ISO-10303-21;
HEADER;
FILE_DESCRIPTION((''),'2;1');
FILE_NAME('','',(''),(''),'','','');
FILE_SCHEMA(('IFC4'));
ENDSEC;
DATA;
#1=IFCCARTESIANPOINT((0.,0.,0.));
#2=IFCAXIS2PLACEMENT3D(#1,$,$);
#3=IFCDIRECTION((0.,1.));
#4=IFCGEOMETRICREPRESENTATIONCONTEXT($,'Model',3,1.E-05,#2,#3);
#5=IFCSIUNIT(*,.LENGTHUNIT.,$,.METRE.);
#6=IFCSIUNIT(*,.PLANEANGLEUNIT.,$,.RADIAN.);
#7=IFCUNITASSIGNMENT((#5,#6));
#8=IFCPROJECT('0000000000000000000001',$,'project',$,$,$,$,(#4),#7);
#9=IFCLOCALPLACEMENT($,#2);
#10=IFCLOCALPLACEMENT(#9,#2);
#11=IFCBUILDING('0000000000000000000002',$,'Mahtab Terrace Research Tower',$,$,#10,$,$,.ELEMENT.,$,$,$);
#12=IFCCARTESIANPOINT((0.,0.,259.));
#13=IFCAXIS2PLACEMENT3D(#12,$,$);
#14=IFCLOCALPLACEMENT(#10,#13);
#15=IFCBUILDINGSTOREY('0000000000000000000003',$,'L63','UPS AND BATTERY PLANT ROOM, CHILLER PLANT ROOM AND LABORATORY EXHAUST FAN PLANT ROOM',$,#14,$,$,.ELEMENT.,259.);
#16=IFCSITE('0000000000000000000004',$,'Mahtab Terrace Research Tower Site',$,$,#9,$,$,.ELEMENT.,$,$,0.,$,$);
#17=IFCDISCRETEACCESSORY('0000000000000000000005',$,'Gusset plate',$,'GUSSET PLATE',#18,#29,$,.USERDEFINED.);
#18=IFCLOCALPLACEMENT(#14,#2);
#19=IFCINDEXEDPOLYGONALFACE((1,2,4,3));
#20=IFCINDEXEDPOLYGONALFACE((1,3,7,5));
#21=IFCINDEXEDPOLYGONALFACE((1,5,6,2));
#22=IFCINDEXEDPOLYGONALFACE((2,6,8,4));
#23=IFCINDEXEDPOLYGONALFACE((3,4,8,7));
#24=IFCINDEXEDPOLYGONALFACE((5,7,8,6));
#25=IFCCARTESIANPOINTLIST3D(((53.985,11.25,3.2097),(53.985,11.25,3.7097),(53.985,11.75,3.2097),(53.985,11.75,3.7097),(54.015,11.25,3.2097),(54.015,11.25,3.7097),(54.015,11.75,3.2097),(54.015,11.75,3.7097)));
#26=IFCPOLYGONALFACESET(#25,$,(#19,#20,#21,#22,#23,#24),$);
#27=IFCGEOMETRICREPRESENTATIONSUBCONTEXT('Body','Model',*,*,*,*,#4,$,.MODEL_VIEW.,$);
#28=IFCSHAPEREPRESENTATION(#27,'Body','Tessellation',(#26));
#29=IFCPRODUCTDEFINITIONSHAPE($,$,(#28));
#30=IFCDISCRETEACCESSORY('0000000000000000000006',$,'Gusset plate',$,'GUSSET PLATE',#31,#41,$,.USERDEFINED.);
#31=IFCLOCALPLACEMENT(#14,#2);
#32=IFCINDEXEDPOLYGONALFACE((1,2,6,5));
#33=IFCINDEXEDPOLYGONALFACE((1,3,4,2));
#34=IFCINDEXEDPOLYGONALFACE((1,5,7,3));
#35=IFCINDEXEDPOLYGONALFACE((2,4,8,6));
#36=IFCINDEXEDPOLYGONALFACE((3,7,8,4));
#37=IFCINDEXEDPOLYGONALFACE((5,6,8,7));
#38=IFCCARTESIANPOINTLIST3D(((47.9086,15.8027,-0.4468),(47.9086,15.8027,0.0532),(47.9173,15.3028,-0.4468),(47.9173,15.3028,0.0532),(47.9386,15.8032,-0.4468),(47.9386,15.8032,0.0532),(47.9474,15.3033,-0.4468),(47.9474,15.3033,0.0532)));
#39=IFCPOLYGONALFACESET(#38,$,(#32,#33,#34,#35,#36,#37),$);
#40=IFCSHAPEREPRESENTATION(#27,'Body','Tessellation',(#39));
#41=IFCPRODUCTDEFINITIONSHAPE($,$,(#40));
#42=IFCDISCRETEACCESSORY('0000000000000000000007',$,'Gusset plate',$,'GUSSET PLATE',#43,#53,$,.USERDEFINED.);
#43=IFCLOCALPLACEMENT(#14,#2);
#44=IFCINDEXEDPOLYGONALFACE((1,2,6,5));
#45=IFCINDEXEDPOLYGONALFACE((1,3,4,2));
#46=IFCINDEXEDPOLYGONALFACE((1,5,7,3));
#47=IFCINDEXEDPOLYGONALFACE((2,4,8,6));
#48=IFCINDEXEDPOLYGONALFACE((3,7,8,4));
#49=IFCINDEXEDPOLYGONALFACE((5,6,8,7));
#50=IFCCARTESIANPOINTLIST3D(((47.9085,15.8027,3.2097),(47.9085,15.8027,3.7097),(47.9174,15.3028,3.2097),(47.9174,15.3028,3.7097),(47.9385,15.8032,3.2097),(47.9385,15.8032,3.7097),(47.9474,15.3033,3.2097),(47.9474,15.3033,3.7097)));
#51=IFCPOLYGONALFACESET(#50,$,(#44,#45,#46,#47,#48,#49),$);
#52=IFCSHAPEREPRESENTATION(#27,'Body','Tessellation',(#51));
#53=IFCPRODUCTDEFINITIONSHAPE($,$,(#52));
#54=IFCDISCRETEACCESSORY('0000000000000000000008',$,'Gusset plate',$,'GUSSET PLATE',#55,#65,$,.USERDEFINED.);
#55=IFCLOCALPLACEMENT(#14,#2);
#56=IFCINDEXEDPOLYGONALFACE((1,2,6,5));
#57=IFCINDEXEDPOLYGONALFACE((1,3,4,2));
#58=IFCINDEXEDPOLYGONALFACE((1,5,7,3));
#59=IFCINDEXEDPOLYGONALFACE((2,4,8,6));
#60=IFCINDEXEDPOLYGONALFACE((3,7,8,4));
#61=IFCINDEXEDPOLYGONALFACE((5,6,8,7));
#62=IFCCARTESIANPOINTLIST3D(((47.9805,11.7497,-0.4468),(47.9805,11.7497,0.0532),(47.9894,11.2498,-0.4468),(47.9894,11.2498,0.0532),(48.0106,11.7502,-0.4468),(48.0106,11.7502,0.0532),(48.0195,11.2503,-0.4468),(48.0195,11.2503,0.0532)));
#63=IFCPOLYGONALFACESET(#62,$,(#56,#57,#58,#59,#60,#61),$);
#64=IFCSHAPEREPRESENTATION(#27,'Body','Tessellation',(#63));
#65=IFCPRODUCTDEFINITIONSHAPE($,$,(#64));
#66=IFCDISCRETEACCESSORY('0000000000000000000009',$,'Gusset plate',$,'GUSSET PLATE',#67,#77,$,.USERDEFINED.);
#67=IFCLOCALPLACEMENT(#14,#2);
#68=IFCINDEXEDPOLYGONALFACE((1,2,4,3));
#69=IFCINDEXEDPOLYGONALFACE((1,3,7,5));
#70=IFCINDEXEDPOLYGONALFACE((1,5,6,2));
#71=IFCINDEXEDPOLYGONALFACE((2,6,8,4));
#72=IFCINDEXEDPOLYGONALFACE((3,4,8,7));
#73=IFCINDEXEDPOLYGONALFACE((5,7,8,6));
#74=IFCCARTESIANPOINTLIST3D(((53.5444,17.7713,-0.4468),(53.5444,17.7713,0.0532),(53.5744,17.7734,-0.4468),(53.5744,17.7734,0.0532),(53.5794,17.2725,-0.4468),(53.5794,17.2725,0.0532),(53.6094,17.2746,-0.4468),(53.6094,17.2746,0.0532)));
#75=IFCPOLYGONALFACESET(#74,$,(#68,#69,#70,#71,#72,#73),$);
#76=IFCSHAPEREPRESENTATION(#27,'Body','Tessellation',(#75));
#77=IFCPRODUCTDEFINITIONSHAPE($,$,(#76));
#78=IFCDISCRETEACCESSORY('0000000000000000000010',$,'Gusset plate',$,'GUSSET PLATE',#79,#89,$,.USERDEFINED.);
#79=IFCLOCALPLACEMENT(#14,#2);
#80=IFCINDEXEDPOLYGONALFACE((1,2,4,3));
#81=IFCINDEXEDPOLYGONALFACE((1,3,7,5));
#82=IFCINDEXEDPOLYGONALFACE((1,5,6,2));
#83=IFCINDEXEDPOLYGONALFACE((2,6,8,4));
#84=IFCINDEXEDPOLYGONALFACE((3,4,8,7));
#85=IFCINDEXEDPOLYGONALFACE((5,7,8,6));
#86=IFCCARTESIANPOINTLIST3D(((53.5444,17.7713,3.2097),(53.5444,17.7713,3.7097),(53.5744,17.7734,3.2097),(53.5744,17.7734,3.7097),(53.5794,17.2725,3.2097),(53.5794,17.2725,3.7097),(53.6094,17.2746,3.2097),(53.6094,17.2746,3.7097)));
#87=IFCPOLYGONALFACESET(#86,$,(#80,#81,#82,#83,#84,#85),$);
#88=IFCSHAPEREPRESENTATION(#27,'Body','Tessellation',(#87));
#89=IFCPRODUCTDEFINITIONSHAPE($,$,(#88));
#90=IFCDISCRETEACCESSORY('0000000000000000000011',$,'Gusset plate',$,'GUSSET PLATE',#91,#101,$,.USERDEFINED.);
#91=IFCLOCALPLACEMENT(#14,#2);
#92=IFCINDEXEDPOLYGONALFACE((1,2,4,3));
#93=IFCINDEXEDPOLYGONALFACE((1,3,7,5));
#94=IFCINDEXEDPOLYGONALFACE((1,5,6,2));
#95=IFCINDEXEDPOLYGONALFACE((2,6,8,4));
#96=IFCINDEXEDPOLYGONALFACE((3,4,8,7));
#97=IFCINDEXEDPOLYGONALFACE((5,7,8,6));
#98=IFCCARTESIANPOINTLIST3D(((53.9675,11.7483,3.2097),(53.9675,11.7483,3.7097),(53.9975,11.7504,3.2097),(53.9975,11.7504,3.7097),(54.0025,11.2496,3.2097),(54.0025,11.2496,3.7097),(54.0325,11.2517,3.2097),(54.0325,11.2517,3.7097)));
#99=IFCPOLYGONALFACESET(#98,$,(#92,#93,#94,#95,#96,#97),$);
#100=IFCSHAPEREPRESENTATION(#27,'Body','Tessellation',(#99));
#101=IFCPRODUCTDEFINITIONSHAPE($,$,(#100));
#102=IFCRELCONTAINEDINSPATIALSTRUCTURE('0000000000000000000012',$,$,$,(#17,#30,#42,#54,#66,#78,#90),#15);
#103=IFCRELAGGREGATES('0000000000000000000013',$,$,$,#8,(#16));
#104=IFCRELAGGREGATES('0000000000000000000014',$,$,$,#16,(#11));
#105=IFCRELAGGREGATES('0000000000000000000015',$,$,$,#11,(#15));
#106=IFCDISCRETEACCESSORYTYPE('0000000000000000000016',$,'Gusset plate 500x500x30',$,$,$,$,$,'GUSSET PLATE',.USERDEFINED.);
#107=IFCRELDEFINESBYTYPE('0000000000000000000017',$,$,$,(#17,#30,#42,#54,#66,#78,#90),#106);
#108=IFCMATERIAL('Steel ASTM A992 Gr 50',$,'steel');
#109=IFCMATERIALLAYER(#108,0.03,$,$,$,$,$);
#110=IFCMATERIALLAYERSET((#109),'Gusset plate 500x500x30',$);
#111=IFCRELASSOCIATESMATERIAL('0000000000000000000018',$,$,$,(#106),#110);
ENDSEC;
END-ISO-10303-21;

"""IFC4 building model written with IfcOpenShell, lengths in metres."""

from ifc_helpers import new_model, si_unit, direction, frame, origin, origin_2d, place, context, subcontext, project, spatial, rectangle, extrude, material, layer, layer_set, type_object, element, save


model = new_model("IFC4")

# Units and contexts
model_context = context("Model", 3, precision=1e-05, world=origin(), true_north=direction((0.0, 1.0)))
body_context = subcontext(model_context, "Body", "Model", "MODEL_VIEW")
ifc_project = project(units=[si_unit("LENGTHUNIT", "METRE"), si_unit("PLANEANGLEUNIT", "RADIAN")], contexts=[model_context])

# Site, building, storey
site_placement = place(None, origin())
site = spatial("IfcSite", under=ifc_project, at=site_placement, Name="Mahtab Terrace Research Tower Site", CompositionType="ELEMENT", RefElevation=0.0)
building_placement = place(site_placement, origin())
building = spatial("IfcBuilding", under=site, at=building_placement, Name="Mahtab Terrace Research Tower", CompositionType="ELEMENT")
storey_placement = place(building_placement, frame((0.0, 0.0, 259.0)))
storey = spatial("IfcBuildingStorey", under=building, at=storey_placement, Name="L63", Description="UPS AND BATTERY PLANT ROOM, CHILLER PLANT ROOM AND LABORATORY EXHAUST FAN PLANT ROOM", CompositionType="ELEMENT", Elevation=259.0)

# Shared definitions
ifc_material_1 = material(Name="Steel ASTM A992 Gr 50", Category="steel")

# Discrete accessories
ifc_layer_1 = layer(ifc_material_1, 0.03)
ifc_layer_set_1 = layer_set([ifc_layer_1], Name="Gusset plate 500x500x30")
discrete_accessory_type_1 = type_object("IfcDiscreteAccessoryType", Name="Gusset plate 500x500x30", ElementType="GUSSET PLATE", PredefinedType="USERDEFINED", material=ifc_layer_set_1)
for number, where, z_axis, x_axis, name in (
    (1, (54.0, 11.5, 3.2097), (0.0, 0.0, 1.0), (0.0, 1.0, 0.0), "Gusset plate"),
    (2, (47.928, 15.553, -0.4468), (0.0, 0.0, 1.0), (-0.017522, 0.999846, 0.0), "Gusset plate"),
    (3, (47.928, 15.553, 3.2097), (0.0, 0.0, 1.0), (-0.017767, 0.999842, 0.0), "Gusset plate"),
    (4, (48.0, 11.5, -0.4468), (0.0, 0.0, 1.0), (-0.017767, 0.999842, 0.0), "Gusset plate"),
    (5, (53.5769, 17.5229, -0.4468), (0.0, 0.0, 1.0), (-0.070052, 0.997543, 0.0), "Gusset plate"),
    (6, (53.5769, 17.5229, 3.2097), (0.0, 0.0, 1.0), (-0.070052, 0.997543, 0.0), "Gusset plate"),
    (7, (54.0, 11.5, 3.2097), (0.0, 0.0, 1.0), (-0.070052, 0.997543, 0.0), "Gusset plate"),
):
    element("IfcDiscreteAccessory", number, at=place(storey_placement, frame(where, z_axis=z_axis, x_axis=x_axis)), inside=storey, type_object=discrete_accessory_type_1, Name=name, ObjectType="GUSSET PLATE", PredefinedType="USERDEFINED", context=body_context, shape_type="SweptSolid", body=[
        extrude(rectangle(XDim=0.5, YDim=0.03, at=origin_2d()), origin(), (0.0, 0.0, 1.0), 0.5),
    ])

save(model, "model.ifc")
